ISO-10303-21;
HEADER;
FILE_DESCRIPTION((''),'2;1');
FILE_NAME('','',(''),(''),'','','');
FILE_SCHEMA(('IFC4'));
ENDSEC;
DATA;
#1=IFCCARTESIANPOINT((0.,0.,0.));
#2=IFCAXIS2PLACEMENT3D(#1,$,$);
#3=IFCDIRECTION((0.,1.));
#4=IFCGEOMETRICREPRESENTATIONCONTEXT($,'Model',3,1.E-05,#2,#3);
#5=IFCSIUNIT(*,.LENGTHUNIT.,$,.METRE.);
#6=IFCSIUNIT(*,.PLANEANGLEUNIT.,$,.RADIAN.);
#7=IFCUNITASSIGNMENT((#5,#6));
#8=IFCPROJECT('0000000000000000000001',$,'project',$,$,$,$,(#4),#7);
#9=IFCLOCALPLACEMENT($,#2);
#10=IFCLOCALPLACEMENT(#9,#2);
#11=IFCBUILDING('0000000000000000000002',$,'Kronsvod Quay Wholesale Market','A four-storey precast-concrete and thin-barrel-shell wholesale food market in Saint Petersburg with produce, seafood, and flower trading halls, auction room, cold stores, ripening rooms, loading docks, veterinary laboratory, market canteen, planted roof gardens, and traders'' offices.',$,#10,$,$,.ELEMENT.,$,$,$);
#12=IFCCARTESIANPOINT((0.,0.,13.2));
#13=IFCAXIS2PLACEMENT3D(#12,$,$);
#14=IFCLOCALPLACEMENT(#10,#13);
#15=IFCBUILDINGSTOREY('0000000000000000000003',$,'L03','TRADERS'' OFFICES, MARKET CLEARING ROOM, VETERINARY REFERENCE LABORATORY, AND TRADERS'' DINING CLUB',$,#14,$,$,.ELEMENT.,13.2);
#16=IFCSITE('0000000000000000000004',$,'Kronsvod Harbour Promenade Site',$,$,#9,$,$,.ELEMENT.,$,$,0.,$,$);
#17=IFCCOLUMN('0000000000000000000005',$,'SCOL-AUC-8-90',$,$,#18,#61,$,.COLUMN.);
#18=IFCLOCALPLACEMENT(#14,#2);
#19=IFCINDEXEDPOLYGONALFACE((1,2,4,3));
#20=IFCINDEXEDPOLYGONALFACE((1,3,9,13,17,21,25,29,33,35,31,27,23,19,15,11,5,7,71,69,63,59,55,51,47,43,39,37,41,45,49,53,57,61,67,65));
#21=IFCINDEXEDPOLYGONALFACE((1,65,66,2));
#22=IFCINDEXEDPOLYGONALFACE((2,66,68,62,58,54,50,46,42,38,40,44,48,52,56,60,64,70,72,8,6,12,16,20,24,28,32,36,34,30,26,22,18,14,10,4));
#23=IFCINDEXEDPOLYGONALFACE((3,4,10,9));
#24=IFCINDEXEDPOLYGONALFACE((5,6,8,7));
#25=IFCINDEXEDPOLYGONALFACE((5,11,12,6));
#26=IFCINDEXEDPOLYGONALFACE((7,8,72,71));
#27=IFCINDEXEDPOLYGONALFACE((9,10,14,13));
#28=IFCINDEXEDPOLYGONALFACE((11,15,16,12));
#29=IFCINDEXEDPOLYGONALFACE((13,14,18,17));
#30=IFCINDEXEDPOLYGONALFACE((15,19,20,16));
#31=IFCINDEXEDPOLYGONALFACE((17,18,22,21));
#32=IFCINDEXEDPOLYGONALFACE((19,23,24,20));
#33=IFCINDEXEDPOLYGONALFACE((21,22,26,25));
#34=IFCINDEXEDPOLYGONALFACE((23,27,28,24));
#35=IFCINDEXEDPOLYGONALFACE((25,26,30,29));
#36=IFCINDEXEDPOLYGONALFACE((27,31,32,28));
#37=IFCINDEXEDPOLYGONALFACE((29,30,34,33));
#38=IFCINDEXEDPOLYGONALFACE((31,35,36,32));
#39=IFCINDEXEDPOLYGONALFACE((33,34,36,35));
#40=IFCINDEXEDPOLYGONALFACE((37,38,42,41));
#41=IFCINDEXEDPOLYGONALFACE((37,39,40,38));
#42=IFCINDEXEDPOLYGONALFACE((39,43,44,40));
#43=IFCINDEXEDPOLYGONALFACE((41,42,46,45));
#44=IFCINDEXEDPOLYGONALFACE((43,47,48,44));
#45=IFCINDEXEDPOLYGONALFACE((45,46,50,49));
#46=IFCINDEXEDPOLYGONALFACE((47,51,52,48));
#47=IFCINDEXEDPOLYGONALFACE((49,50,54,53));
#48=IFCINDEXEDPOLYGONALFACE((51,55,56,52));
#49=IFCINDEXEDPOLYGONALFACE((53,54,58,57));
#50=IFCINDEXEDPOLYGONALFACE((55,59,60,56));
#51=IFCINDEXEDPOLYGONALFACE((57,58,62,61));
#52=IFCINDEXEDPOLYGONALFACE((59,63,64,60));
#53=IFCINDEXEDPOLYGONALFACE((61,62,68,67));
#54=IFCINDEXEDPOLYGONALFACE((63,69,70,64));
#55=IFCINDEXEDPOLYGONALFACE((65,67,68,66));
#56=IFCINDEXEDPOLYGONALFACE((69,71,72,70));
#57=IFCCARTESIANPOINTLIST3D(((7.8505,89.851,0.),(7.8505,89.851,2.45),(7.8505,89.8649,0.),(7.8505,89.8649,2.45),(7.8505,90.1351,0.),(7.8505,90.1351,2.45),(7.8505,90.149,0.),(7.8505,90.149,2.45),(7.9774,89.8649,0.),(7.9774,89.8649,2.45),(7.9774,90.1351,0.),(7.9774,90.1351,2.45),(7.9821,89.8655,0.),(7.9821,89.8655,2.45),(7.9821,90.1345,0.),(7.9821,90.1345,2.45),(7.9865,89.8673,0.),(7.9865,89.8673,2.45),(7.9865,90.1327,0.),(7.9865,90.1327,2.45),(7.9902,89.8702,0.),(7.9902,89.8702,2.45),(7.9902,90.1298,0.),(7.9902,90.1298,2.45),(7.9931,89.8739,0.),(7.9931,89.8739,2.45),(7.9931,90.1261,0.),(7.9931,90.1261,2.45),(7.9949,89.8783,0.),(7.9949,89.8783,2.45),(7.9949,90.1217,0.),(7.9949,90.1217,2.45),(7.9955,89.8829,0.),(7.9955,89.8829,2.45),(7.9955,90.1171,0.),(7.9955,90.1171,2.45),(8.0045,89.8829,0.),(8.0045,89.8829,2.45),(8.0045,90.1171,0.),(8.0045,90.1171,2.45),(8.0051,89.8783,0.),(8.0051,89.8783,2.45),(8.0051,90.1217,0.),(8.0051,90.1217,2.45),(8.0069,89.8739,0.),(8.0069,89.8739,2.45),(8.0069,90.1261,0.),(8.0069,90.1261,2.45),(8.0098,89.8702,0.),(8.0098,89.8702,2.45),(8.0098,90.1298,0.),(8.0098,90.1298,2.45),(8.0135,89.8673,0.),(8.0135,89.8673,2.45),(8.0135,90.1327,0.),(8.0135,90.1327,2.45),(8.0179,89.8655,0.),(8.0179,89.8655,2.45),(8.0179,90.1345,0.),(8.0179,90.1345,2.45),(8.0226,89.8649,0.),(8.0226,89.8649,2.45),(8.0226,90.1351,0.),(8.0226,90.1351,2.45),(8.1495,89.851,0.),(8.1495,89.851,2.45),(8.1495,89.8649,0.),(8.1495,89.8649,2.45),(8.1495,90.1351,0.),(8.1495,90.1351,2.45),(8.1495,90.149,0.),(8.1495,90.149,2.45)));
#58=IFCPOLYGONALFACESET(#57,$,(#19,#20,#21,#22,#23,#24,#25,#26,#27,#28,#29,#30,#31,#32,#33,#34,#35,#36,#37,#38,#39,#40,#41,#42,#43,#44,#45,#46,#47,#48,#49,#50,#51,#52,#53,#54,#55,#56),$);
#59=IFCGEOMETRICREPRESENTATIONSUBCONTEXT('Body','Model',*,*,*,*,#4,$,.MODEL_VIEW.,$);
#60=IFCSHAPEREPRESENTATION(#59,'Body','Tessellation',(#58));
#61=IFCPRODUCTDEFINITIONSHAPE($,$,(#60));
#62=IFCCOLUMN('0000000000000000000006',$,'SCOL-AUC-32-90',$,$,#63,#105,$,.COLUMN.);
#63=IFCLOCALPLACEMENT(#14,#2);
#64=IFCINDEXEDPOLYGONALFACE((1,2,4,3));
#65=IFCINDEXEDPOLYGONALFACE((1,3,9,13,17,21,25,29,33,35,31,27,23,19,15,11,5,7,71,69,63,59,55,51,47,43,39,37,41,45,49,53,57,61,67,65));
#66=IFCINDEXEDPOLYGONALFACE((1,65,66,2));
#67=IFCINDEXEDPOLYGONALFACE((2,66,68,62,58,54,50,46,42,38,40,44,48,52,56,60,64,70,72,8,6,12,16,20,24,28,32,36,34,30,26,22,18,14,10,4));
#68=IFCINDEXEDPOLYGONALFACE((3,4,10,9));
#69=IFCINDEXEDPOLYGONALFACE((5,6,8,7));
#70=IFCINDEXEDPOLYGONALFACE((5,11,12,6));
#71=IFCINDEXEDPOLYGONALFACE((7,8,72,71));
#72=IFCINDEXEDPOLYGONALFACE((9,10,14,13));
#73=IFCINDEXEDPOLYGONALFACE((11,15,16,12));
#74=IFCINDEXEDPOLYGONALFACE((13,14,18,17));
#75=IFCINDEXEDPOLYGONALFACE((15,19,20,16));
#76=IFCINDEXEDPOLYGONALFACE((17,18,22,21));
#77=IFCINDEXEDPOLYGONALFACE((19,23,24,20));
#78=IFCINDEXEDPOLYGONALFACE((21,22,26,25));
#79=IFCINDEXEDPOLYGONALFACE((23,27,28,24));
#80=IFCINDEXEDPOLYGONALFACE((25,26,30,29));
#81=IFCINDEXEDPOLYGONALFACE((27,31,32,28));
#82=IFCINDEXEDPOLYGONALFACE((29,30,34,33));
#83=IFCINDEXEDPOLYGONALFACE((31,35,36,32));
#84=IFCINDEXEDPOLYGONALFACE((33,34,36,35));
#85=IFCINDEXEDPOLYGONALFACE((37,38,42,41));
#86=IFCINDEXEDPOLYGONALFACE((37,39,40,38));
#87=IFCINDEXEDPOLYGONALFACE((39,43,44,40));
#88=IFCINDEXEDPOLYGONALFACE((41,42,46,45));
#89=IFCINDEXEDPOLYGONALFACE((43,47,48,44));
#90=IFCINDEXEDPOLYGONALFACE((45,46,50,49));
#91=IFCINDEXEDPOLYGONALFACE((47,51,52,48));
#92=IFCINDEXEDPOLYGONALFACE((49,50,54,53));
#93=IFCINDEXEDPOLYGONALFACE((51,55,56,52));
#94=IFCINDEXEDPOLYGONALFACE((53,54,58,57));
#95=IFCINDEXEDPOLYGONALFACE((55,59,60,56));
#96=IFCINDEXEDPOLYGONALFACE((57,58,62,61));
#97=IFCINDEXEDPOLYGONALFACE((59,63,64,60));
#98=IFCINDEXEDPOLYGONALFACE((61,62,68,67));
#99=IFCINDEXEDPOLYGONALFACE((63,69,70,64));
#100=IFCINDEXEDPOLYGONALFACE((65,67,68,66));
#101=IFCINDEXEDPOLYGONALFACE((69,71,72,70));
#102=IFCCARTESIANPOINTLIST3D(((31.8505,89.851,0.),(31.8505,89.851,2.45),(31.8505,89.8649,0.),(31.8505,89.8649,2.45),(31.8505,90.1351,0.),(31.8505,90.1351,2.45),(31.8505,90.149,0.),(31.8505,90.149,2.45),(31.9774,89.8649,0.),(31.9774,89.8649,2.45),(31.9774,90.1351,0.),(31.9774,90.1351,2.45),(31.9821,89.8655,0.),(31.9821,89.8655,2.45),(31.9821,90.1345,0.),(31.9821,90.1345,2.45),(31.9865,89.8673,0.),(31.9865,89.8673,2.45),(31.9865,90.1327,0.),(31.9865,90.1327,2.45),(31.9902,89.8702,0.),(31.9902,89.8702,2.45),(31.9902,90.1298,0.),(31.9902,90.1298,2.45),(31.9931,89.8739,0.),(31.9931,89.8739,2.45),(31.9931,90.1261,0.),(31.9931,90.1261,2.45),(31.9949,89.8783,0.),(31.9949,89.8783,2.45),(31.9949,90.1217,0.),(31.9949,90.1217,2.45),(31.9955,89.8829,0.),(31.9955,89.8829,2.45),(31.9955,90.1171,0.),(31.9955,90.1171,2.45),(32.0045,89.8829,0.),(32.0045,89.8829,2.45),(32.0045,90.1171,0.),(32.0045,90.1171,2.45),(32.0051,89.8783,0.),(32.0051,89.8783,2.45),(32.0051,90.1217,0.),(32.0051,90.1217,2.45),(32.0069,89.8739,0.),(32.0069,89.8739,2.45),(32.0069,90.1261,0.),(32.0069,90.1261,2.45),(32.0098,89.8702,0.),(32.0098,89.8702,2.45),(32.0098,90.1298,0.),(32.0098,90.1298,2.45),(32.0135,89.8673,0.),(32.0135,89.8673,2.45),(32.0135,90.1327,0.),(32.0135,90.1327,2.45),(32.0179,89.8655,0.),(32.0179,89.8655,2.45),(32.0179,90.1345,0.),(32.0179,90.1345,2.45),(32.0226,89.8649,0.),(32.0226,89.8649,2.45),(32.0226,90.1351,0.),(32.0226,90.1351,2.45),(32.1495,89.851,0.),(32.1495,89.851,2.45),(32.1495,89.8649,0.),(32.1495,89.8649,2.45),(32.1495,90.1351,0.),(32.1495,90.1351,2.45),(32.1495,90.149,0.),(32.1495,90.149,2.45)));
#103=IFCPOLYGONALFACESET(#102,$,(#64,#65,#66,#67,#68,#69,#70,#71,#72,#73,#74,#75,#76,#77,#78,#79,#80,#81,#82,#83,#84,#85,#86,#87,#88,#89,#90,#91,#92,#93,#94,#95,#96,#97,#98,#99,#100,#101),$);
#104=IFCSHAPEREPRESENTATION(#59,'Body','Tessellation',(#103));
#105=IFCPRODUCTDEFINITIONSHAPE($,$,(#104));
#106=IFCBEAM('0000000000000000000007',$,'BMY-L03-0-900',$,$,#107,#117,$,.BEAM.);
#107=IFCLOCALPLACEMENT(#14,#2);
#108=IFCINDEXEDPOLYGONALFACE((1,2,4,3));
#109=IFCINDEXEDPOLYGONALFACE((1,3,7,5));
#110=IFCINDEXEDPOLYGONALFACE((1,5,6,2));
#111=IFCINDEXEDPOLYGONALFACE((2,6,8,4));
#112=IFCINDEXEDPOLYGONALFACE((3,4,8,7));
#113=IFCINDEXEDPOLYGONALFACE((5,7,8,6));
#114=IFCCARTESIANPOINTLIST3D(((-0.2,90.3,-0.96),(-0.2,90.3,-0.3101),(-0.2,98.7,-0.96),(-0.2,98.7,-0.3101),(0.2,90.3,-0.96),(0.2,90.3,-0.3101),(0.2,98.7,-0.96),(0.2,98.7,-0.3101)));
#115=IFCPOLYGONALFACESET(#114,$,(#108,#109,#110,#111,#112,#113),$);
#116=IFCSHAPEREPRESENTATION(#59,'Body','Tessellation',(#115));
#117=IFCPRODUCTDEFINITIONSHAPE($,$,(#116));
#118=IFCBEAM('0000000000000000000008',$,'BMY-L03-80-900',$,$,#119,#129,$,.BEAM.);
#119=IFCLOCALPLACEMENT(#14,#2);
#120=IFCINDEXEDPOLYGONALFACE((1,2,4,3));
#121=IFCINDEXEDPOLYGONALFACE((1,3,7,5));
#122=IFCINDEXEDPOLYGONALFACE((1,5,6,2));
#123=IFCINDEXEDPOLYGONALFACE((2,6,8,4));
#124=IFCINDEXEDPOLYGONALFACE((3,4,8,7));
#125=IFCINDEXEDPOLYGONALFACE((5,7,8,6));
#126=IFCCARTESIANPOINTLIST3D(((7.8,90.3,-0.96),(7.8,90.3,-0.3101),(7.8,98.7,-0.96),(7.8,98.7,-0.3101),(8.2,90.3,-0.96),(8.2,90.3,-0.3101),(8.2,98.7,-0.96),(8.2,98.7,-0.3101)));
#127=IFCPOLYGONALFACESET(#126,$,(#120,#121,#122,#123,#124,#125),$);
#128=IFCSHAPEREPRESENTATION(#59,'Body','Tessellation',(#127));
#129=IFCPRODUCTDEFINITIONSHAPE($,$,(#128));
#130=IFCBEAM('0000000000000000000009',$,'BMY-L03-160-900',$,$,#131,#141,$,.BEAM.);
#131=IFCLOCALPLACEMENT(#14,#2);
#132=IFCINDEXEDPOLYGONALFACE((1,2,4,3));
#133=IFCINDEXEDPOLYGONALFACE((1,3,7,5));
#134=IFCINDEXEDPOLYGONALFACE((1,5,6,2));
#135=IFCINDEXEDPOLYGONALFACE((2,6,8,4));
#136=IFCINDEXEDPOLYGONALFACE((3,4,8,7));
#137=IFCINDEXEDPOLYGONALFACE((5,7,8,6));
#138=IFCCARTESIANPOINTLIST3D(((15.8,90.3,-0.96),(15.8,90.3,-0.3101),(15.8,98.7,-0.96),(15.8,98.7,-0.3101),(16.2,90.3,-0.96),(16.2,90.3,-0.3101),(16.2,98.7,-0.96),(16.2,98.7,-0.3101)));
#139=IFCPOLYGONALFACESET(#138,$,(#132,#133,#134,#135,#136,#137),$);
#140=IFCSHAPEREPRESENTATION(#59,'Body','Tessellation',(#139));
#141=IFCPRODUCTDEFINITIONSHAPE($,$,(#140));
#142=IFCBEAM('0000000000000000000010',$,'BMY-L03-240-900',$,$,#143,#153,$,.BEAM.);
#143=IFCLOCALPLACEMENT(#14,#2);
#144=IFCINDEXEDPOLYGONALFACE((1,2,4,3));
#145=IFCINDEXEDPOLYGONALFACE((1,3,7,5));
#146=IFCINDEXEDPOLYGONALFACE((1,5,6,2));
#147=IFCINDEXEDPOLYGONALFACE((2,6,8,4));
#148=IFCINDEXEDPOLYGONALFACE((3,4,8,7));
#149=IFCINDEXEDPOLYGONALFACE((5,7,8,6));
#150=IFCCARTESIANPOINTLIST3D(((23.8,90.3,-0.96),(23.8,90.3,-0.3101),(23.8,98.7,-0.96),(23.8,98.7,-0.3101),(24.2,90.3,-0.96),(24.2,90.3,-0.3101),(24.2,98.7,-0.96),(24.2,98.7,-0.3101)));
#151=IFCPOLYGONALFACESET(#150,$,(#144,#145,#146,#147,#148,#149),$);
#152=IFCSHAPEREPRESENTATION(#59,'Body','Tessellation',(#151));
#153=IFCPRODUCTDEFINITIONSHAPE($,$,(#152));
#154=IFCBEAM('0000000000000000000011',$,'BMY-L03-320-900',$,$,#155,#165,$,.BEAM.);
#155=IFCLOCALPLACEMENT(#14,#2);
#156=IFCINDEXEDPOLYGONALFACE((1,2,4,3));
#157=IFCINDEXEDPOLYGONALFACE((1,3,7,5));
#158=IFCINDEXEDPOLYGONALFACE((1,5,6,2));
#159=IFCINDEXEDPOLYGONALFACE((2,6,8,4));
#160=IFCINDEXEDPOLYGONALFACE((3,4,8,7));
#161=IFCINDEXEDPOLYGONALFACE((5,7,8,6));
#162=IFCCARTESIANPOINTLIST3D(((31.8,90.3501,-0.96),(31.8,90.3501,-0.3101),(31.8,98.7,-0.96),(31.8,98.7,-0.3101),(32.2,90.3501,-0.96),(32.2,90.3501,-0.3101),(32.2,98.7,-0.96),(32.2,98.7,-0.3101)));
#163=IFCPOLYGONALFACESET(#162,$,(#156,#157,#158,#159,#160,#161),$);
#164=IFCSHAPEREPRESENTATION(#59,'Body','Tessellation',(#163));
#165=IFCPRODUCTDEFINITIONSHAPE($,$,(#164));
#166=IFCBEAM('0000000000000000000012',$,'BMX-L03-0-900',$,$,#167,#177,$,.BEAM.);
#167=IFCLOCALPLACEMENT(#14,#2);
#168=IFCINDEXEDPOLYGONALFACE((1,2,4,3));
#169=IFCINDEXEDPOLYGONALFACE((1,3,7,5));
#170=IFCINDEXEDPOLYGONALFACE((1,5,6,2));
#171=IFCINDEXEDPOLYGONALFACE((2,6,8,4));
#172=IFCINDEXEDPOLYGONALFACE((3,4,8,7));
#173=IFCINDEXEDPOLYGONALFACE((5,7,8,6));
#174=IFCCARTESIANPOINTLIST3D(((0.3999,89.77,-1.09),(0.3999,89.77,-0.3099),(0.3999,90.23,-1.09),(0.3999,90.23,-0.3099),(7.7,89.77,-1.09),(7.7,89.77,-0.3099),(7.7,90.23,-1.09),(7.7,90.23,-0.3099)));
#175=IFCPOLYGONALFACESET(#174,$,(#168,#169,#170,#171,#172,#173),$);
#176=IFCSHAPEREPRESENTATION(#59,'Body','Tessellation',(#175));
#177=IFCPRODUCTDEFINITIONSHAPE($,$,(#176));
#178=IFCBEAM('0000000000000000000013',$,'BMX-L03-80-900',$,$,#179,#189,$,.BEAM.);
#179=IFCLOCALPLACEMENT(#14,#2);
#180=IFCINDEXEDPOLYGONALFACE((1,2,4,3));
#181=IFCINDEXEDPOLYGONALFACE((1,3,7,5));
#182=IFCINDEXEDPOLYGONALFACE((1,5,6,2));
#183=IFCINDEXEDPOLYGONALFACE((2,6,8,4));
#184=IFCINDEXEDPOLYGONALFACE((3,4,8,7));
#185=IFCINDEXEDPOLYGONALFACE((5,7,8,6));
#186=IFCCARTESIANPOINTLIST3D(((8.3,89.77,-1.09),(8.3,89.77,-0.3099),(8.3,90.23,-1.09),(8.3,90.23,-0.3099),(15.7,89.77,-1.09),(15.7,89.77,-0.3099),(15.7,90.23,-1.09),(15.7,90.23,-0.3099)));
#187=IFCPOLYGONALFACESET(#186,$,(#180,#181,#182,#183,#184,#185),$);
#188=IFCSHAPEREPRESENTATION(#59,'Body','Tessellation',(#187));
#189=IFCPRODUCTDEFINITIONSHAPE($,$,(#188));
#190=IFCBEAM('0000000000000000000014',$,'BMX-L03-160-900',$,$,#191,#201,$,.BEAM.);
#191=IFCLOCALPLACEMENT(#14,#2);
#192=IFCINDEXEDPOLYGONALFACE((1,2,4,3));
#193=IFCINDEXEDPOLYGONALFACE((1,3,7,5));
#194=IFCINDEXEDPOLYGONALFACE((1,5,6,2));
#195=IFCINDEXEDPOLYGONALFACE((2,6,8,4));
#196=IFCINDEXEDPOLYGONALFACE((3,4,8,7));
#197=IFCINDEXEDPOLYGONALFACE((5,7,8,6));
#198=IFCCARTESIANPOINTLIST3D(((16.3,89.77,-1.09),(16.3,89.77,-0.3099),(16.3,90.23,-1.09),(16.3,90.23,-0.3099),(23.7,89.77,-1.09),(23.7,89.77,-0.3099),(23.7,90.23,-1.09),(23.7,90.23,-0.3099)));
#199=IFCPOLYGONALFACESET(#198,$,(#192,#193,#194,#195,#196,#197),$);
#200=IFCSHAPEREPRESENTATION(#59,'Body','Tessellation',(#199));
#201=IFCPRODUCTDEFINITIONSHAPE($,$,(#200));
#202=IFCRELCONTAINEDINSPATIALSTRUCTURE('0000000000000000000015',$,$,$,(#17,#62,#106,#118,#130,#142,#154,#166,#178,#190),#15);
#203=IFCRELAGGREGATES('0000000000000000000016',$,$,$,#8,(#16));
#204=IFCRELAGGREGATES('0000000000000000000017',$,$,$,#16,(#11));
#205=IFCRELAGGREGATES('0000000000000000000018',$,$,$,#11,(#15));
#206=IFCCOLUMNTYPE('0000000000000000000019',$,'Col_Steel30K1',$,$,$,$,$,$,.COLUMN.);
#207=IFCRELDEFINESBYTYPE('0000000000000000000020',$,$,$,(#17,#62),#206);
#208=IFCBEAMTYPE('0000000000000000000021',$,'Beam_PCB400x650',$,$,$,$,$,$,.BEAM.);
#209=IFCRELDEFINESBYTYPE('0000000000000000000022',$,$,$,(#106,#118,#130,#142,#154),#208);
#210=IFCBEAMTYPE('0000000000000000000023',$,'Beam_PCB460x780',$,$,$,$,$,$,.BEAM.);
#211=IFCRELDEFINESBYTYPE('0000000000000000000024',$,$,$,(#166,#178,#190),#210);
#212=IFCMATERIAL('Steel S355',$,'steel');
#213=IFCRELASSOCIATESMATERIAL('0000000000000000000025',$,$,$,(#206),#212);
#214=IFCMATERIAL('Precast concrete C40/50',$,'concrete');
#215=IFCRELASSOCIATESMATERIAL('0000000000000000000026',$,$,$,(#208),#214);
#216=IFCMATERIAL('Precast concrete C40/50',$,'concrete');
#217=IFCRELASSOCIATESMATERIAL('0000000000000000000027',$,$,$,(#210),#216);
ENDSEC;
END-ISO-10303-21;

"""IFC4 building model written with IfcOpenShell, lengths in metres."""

from ifc_helpers import new_model, si_unit, direction, frame, origin, origin_2d, place, context, subcontext, project, spatial, rectangle, i_section, extrude, material, material_profile, profile_set, type_object, element, save


model = new_model("IFC4")

# Units and contexts
model_context = context("Model", 3, precision=1e-05, world=origin(), true_north=direction((0.0, 1.0)))
body_context = subcontext(model_context, "Body", "Model", "MODEL_VIEW")
ifc_project = project(units=[si_unit("LENGTHUNIT", "METRE"), si_unit("PLANEANGLEUNIT", "RADIAN")], contexts=[model_context])

# Site, building, storey
site_placement = place(None, origin())
site = spatial("IfcSite", under=ifc_project, at=site_placement, Name="Kronsvod Harbour Promenade Site", CompositionType="ELEMENT", RefElevation=0.0)
building_placement = place(site_placement, origin())
building = spatial("IfcBuilding", under=site, at=building_placement, Name="Kronsvod Quay Wholesale Market", Description="A four-storey precast-concrete and thin-barrel-shell wholesale food market in Saint Petersburg with produce, seafood, and flower trading halls, auction room, cold stores, ripening rooms, loading docks, veterinary laboratory, market canteen, planted roof gardens, and traders' offices.", CompositionType="ELEMENT")
storey_placement = place(building_placement, frame((0.0, 0.0, 13.2)))
storey = spatial("IfcBuildingStorey", under=building, at=storey_placement, Name="L03", Description="TRADERS' OFFICES, MARKET CLEARING ROOM, VETERINARY REFERENCE LABORATORY, AND TRADERS' DINING CLUB", CompositionType="ELEMENT", Elevation=13.2)

# Columns
ifc_material_1 = material(Name="Steel S355", Category="steel")
ifc_material_profile_1 = material_profile(ifc_material_1, i_section(OverallWidth=0.2991, OverallDepth=0.2981, WebThickness=0.009, FlangeThickness=0.0139, FilletRadius=0.0181, at=origin_2d()), Name="30K1")
ifc_profile_set_1 = profile_set([ifc_material_profile_1], Name="Steel S355")
column_type = type_object("IfcColumnType", Name="Col_Steel30K1", PredefinedType="COLUMN", material=ifc_profile_set_1)
for number, where, z_axis, x_axis, name in (
    (1, (8.0, 90.0, 0.0), (0.0, 0.0, 1.0), (1.0, 0.0, 0.0), "SCOL-AUC-8-90"),
    (2, (32.0, 90.0, 0.0), (0.0, 0.0, 1.0), (1.0, 0.0, 0.0), "SCOL-AUC-32-90"),
):
    element("IfcColumn", number, at=place(storey_placement, frame(where, z_axis=z_axis, x_axis=x_axis)), inside=storey, type_object=column_type, Name=name, PredefinedType="COLUMN", context=body_context, shape_type="SweptSolid", body=[
        extrude(i_section(OverallWidth=0.2991, OverallDepth=0.2981, WebThickness=0.009, FlangeThickness=0.0139, FilletRadius=0.0181, at=origin_2d()), origin(), (0.0, 0.0, 1.0), 2.45),
    ])

# Beams
ifc_material_2 = material(Name="Precast concrete C40/50", Category="concrete")
ifc_material_profile_2 = material_profile(ifc_material_2, rectangle(XDim=0.3999, YDim=0.6499, at=origin_2d()), Name="PCB400x650")
ifc_profile_set_2 = profile_set([ifc_material_profile_2], Name="Precast concrete C40/50")
beam_type_1 = type_object("IfcBeamType", Name="Beam_PCB400x650", PredefinedType="BEAM", material=ifc_profile_set_2)
for number, where, z_axis, x_axis, name in (
    (3, (0.0, 90.3, -0.635), (0.0, 1.0, 0.0), (-1.0, 0.0, 0.0), "BMY-L03-0-900"),
    (4, (8.0, 90.3, -0.635), (0.0, 1.0, 0.0), (-1.0, 0.0, 0.0), "BMY-L03-80-900"),
    (5, (16.0, 90.3, -0.635), (0.0, 1.0, 0.0), (-1.0, 0.0, 0.0), "BMY-L03-160-900"),
    (6, (24.0, 90.3, -0.635), (0.0, 1.0, 0.0), (-1.0, 0.0, 0.0), "BMY-L03-240-900"),
):
    element("IfcBeam", number, at=place(storey_placement, frame(where, z_axis=z_axis, x_axis=x_axis)), inside=storey, type_object=beam_type_1, Name=name, PredefinedType="BEAM", context=body_context, shape_type="SweptSolid", body=[
        extrude(rectangle(XDim=0.3999, YDim=0.6499, at=origin_2d()), origin(), (0.0, 0.0, 1.0), 8.3999),
    ])
beam_1_placement = place(storey_placement, frame((32.0, 90.3501, -0.635), z_axis=(0.0, 1.0, 0.0), x_axis=(-1.0, 0.0, 0.0)))
element("IfcBeam", 7, at=beam_1_placement, inside=storey, type_object=beam_type_1, Name="BMY-L03-320-900", PredefinedType="BEAM", context=body_context, shape_type="SweptSolid", body=[
    extrude(rectangle(XDim=0.3999, YDim=0.6499, at=origin_2d()), origin(), (0.0, 0.0, 1.0), 8.3499),
])
ifc_material_3 = material(Name="Precast concrete C40/50", Category="concrete")
ifc_material_profile_3 = material_profile(ifc_material_3, rectangle(XDim=0.46, YDim=0.78, at=origin_2d()), Name="PB-03")
ifc_profile_set_3 = profile_set([ifc_material_profile_3], Name="Precast concrete C40/50")
beam_type_2 = type_object("IfcBeamType", Name="Beam_PCB460x780", PredefinedType="BEAM", material=ifc_profile_set_3)
beam_2_placement = place(storey_placement, frame((0.3999, 90.0, -0.7), z_axis=(1.0, 0.0, 0.0), x_axis=(0.0, 1.0, 0.0)))
element("IfcBeam", 8, at=beam_2_placement, inside=storey, type_object=beam_type_2, Name="BMX-L03-0-900", PredefinedType="BEAM", context=body_context, shape_type="SweptSolid", body=[
    extrude(rectangle(XDim=0.46, YDim=0.78, at=origin_2d()), origin(), (0.0, 0.0, 1.0), 7.3),
])
for number, where, z_axis, x_axis, name in (
    (9, (8.3, 90.0, -0.7), (1.0, 0.0, 0.0), (0.0, 1.0, 0.0), "BMX-L03-80-900"),
    (10, (16.3, 90.0, -0.7), (1.0, 0.0, 0.0), (0.0, 1.0, 0.0), "BMX-L03-160-900"),
):
    element("IfcBeam", number, at=place(storey_placement, frame(where, z_axis=z_axis, x_axis=x_axis)), inside=storey, type_object=beam_type_2, Name=name, PredefinedType="BEAM", context=body_context, shape_type="SweptSolid", body=[
        extrude(rectangle(XDim=0.46, YDim=0.78, at=origin_2d()), origin(), (0.0, 0.0, 1.0), 7.3999),
    ])

save(model, "model.ifc")
